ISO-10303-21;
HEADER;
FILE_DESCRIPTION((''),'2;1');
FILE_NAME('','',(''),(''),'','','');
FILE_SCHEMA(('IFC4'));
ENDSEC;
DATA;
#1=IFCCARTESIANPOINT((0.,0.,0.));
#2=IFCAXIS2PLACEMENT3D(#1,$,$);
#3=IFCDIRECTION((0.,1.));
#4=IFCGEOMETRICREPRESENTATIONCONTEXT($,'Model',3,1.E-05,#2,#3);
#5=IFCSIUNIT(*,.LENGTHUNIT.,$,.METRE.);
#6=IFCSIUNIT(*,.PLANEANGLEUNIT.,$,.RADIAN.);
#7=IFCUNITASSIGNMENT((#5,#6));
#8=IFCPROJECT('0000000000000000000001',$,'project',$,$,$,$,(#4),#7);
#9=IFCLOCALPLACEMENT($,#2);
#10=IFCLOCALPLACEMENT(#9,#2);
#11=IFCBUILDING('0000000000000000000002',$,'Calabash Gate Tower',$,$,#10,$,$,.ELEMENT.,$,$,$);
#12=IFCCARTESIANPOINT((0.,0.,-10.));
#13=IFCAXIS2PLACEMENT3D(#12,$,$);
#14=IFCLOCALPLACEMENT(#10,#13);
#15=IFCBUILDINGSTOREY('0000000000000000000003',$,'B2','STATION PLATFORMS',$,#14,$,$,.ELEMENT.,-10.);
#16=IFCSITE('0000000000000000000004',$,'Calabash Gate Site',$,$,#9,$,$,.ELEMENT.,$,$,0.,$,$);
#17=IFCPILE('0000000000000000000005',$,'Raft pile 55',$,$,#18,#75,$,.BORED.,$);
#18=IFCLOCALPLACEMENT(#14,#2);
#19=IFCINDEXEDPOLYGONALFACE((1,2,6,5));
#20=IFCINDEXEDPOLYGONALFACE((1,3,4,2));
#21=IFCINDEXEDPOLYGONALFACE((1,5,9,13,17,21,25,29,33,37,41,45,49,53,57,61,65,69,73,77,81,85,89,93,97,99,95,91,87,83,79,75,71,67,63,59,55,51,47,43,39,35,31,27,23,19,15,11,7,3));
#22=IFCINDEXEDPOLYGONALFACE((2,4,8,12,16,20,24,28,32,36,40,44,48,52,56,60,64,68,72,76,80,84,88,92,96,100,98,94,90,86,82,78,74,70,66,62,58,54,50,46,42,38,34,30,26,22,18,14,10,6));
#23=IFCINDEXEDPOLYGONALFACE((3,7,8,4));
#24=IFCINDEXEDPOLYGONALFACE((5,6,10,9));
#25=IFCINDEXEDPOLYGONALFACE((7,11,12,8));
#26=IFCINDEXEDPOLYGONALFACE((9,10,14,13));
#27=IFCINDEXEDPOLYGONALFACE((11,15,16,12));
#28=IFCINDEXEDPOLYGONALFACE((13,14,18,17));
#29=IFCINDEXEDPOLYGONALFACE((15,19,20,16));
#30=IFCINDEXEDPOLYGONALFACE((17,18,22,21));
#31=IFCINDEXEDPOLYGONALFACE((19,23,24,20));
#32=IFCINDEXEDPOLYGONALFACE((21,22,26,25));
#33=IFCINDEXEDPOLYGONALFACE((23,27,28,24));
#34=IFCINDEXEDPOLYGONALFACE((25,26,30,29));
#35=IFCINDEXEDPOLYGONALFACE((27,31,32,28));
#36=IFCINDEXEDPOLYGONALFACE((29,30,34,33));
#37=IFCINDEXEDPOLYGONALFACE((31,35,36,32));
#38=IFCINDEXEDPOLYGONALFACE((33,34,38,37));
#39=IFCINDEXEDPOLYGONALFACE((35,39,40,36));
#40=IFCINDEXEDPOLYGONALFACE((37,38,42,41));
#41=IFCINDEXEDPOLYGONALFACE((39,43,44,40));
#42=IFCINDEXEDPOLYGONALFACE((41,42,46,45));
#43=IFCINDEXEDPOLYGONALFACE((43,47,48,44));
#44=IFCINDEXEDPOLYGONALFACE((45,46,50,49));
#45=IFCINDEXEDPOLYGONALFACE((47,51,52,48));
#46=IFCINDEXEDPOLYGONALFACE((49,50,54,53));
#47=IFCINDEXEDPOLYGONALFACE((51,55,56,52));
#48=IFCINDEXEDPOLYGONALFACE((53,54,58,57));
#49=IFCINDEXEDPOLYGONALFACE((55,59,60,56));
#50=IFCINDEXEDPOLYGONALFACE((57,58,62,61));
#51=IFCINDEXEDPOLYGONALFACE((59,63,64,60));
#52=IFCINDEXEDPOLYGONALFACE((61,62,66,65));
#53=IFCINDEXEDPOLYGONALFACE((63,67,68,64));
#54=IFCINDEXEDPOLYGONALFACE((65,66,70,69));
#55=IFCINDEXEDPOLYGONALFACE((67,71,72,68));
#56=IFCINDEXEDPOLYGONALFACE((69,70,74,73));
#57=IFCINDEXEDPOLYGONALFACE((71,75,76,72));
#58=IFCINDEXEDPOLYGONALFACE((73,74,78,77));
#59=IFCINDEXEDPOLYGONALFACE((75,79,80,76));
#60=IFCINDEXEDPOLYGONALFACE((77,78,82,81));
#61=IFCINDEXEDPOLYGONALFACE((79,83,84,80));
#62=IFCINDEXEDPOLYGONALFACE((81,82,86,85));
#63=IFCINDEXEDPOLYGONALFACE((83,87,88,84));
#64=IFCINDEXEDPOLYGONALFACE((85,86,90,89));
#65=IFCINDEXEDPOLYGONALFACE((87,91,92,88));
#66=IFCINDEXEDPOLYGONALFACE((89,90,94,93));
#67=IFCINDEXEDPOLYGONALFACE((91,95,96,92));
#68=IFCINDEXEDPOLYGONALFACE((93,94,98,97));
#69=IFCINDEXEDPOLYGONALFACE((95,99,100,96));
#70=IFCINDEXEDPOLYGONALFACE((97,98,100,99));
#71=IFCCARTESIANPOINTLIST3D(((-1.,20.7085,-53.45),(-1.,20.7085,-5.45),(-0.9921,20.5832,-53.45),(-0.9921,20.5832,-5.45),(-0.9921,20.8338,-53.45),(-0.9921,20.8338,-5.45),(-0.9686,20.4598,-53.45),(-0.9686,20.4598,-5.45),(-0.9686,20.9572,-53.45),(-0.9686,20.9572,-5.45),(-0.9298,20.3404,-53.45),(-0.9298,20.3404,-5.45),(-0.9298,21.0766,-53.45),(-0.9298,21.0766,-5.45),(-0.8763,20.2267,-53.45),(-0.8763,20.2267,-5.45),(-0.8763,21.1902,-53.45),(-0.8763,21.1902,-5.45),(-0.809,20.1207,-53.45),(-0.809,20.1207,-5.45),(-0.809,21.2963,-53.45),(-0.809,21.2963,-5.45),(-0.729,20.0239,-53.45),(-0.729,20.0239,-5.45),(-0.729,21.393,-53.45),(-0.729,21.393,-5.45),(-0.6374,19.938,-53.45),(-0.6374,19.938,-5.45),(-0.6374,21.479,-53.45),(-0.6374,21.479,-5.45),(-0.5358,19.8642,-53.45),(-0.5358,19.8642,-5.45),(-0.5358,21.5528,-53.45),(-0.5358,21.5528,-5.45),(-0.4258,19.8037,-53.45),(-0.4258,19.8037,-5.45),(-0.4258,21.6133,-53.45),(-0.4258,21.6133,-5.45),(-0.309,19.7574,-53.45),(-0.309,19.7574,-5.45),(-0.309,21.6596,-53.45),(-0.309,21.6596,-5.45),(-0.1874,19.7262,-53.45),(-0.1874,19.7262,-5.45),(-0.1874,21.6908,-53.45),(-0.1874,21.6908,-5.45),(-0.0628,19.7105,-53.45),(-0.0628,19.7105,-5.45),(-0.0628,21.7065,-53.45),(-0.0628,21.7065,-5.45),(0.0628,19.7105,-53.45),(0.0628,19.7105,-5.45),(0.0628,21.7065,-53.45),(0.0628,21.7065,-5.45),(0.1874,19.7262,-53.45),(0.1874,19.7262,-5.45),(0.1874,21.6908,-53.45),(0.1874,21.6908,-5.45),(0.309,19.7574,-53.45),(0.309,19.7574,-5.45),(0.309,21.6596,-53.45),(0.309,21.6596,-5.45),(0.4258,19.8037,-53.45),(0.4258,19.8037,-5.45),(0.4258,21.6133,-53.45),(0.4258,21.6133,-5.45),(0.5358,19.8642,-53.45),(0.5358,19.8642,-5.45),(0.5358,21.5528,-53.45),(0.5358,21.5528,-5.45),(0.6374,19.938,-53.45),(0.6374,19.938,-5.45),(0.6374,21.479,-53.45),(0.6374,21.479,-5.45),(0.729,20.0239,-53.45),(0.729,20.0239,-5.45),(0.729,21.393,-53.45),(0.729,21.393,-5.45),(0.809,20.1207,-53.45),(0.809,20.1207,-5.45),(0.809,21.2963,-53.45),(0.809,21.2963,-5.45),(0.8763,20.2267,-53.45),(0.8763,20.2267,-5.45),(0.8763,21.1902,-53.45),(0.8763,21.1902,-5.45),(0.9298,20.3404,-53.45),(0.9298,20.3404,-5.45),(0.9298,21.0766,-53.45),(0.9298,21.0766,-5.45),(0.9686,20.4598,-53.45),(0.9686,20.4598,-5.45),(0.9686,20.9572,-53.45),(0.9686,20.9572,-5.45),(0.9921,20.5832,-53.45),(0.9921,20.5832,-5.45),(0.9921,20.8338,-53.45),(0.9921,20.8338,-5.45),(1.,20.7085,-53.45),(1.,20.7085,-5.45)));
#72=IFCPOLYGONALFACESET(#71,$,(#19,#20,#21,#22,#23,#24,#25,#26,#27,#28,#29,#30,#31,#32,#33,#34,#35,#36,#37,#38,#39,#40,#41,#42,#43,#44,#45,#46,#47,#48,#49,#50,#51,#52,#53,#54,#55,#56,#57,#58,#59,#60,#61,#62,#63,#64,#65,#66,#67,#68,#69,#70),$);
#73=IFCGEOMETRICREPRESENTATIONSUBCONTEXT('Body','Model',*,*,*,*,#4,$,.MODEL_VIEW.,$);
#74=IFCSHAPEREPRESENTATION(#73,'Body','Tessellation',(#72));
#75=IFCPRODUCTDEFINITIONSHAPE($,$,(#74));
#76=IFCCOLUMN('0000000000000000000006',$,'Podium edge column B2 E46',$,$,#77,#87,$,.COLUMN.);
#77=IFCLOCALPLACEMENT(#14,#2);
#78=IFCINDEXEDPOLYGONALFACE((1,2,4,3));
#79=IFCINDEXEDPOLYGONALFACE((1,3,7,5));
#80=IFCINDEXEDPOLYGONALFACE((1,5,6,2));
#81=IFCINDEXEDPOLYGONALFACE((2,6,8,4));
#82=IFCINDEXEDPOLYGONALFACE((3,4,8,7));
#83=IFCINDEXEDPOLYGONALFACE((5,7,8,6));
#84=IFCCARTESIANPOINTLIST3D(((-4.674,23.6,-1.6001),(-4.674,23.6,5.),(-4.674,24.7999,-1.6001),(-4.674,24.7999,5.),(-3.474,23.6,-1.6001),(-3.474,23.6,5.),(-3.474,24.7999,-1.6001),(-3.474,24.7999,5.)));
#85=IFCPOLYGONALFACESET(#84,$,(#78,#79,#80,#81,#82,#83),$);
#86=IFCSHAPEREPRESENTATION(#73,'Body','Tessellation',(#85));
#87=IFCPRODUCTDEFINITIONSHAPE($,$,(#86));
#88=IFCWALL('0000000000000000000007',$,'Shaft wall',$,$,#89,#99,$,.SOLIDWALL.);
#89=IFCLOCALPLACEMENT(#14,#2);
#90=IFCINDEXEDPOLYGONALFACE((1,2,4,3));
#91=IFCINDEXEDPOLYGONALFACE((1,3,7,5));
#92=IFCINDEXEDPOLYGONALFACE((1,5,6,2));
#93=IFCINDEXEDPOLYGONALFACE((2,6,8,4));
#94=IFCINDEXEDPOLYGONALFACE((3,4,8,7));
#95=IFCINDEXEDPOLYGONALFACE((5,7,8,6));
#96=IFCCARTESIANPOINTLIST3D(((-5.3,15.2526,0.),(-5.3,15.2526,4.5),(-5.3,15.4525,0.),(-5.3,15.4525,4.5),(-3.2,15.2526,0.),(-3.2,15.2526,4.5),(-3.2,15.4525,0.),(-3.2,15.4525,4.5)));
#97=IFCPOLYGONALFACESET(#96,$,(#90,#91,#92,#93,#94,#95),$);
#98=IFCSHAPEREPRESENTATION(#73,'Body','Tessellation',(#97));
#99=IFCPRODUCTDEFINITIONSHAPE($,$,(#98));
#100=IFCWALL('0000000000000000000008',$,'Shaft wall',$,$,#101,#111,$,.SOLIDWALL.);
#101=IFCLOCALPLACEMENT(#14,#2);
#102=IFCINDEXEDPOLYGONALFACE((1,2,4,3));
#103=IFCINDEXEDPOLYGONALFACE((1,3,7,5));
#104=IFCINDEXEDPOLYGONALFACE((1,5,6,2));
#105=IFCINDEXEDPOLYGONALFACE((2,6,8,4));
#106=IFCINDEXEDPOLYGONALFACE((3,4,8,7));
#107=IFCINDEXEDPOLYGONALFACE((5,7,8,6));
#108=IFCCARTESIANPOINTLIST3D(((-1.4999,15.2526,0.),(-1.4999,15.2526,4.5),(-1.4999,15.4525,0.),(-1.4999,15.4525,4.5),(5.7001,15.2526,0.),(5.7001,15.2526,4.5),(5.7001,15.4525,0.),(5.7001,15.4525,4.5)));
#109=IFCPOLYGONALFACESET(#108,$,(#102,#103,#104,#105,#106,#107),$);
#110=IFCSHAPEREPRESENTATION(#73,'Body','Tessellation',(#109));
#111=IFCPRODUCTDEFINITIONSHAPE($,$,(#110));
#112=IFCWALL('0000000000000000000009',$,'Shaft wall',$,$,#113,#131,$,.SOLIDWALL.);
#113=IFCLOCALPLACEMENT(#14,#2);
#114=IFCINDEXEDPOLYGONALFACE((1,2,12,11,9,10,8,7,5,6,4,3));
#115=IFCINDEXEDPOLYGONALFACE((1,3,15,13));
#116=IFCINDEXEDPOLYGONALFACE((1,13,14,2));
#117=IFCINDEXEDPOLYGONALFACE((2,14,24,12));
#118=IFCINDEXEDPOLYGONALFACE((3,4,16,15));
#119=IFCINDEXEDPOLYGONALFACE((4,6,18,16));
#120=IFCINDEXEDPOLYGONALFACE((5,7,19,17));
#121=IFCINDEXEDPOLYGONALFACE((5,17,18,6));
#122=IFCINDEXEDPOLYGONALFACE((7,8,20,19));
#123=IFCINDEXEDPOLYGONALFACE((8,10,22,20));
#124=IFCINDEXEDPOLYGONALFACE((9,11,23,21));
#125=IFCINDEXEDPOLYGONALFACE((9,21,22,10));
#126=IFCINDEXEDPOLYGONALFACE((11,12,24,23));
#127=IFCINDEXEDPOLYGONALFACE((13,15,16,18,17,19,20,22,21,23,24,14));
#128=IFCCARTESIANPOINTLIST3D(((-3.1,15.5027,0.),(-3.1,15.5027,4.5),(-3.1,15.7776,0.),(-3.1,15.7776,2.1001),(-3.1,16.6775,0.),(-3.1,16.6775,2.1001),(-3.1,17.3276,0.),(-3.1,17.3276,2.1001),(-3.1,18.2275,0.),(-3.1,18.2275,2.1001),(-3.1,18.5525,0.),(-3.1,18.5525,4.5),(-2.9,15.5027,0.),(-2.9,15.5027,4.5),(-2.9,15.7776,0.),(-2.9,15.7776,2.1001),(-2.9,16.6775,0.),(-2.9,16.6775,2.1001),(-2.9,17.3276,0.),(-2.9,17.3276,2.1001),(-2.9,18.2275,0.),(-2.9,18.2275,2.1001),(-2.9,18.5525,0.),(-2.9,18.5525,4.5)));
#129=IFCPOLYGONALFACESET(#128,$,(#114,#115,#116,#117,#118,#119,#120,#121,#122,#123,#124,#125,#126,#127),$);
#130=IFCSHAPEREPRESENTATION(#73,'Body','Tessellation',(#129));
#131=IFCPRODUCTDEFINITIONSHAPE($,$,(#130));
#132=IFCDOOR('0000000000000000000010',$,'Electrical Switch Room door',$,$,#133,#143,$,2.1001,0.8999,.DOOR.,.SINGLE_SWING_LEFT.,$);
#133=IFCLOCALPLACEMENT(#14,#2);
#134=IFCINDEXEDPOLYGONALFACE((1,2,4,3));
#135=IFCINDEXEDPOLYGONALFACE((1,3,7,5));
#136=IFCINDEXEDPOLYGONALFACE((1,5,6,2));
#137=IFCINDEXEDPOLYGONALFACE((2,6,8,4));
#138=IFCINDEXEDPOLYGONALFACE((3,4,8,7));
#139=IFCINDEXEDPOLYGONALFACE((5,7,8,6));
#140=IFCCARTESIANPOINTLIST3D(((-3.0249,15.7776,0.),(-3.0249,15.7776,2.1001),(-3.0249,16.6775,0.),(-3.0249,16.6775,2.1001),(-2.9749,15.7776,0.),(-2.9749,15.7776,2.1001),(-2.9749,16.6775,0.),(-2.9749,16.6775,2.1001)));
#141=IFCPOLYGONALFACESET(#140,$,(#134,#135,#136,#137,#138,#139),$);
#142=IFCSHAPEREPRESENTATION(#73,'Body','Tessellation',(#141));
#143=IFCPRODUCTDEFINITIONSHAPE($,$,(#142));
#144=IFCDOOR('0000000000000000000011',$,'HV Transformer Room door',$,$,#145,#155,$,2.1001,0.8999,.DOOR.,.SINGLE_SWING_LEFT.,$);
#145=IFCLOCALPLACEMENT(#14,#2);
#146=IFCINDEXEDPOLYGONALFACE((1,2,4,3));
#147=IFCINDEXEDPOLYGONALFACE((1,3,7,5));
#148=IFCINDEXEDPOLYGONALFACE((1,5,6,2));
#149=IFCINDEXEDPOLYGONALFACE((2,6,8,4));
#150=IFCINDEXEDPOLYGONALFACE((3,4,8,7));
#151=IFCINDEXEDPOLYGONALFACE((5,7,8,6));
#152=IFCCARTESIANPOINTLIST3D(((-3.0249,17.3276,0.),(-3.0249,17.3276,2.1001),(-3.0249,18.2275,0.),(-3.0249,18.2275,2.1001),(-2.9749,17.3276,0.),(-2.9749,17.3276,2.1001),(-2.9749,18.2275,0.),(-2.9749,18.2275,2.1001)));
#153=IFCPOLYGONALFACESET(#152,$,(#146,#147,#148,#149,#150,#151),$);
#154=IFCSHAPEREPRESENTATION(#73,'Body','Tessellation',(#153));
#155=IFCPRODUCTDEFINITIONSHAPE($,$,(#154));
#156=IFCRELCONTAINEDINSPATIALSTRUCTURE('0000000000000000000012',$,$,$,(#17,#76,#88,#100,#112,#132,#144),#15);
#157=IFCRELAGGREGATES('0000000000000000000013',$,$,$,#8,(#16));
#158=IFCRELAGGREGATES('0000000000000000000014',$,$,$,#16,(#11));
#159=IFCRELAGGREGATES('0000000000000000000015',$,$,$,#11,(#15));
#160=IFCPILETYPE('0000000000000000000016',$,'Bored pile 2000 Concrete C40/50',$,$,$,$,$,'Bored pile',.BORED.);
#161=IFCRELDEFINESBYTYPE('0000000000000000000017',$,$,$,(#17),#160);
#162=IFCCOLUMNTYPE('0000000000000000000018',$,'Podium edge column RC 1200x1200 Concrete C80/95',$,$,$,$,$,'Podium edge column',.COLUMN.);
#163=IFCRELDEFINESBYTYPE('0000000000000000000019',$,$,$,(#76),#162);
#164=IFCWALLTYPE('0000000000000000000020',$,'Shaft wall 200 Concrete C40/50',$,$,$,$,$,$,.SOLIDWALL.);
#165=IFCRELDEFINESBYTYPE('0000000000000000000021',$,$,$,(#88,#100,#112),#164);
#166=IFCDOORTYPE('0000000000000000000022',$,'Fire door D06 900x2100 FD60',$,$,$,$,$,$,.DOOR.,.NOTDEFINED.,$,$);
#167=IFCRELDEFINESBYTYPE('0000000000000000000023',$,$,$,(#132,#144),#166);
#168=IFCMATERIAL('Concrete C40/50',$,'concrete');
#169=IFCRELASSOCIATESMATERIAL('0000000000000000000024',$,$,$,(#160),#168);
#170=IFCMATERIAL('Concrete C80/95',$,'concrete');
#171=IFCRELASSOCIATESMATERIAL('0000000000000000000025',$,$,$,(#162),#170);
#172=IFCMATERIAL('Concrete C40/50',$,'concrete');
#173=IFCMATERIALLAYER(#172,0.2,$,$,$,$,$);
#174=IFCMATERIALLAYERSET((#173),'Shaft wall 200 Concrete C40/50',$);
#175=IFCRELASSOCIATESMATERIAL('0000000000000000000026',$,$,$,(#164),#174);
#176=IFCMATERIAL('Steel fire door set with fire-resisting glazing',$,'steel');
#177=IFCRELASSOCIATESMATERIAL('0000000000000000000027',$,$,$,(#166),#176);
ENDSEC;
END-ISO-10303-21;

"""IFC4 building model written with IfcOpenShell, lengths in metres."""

from ifc_helpers import new_model, si_unit, direction, frame, frame_2d, origin, origin_2d, place, context, subcontext, project, spatial, rectangle, circle, extrude, material, layer, layer_set, material_profile, profile_set, type_object, element, fill, save


model = new_model("IFC4")

# Units and contexts
model_context = context("Model", 3, precision=1e-05, world=origin(), true_north=direction((0.0, 1.0)))
body_context = subcontext(model_context, "Body", "Model", "MODEL_VIEW")
ifc_project = project(units=[si_unit("LENGTHUNIT", "METRE"), si_unit("PLANEANGLEUNIT", "RADIAN")], contexts=[model_context])

# Site, building, storey
site_placement = place(None, origin())
site = spatial("IfcSite", under=ifc_project, at=site_placement, Name="Calabash Gate Site", CompositionType="ELEMENT", RefElevation=0.0)
building_placement = place(site_placement, origin())
building = spatial("IfcBuilding", under=site, at=building_placement, Name="Calabash Gate Tower", CompositionType="ELEMENT")
storey_placement = place(building_placement, frame((0.0, 0.0, -10.0)))
storey = spatial("IfcBuildingStorey", under=building, at=storey_placement, Name="B2", Description="STATION PLATFORMS", CompositionType="ELEMENT", Elevation=-10.0)

# Pile
ifc_material_1 = material(Name="Concrete C40/50", Category="concrete")
ifc_material_profile_1 = material_profile(ifc_material_1, circle(Radius=1.0, at=origin_2d()))
ifc_profile_set_1 = profile_set([ifc_material_profile_1], Name="Concrete C40/50")
pile_type = type_object("IfcPileType", Name="Bored pile 2000 Concrete C40/50", ElementType="Bored pile", PredefinedType="BORED", material=ifc_profile_set_1)
for number, where, z_axis, x_axis, name in (
    (1, (0.0, 20.7085, -5.45), (0.0, 0.0, -1.0), (1.0, 0.0, 0.0), "Raft pile 55"),
):
    element("IfcPile", number, at=place(storey_placement, frame(where, z_axis=z_axis, x_axis=x_axis)), inside=storey, type_object=pile_type, Name=name, PredefinedType="BORED", context=body_context, shape_type="SweptSolid", body=[
        extrude(circle(Radius=1.0, at=origin_2d()), origin(), (0.0, 0.0, 1.0), 48.0),
    ])

# Column
ifc_material_2 = material(Name="Concrete C80/95", Category="concrete")
ifc_material_profile_2 = material_profile(ifc_material_2, rectangle(XDim=1.2, YDim=1.2, at=origin_2d()))
ifc_profile_set_2 = profile_set([ifc_material_profile_2], Name="Concrete C80/95")
column_type = type_object("IfcColumnType", Name="Podium edge column RC 1200x1200 Concrete C80/95", ElementType="Podium edge column", PredefinedType="COLUMN", material=ifc_profile_set_2)
column_placement = place(storey_placement, frame((-4.074, 24.2, -1.6001), z_axis=(0.0, 0.0, 1.0), x_axis=(1.0, 0.0, 0.0)))
element("IfcColumn", 2, at=column_placement, inside=storey, type_object=column_type, Name="Podium edge column B2 E46", PredefinedType="COLUMN", context=body_context, shape_type="SweptSolid", body=[
    extrude(rectangle(XDim=1.2, YDim=1.2, at=origin_2d()), origin(), (0.0, 0.0, 1.0), 6.6001),
])

# Walls
ifc_material_3 = material(Name="Concrete C40/50", Category="concrete")
ifc_layer = layer(ifc_material_3, 0.2)
ifc_layer_set = layer_set([ifc_layer], Name="Shaft wall 200 Concrete C40/50")
wall_type = type_object("IfcWallType", Name="Shaft wall 200 Concrete C40/50", PredefinedType="SOLIDWALL", material=ifc_layer_set)
wall_1_placement = place(storey_placement, frame((-5.3, 15.3525, 0.0), z_axis=(0.0, 0.0, 1.0), x_axis=(1.0, 0.0, 0.0)))
element("IfcWall", 3, at=wall_1_placement, inside=storey, type_object=wall_type, Name="Shaft wall", PredefinedType="SOLIDWALL", context=body_context, shape_type="SweptSolid", body=[
    extrude(rectangle(XDim=2.1001, YDim=0.2, at=frame_2d((1.05, 0.0))), origin(), (0.0, 0.0, 1.0), 4.5),
])
wall_2_placement = place(storey_placement, frame((-1.5, 15.3525, 0.0), z_axis=(0.0, 0.0, 1.0), x_axis=(1.0, 0.0, 0.0)))
element("IfcWall", 4, at=wall_2_placement, inside=storey, type_object=wall_type, Name="Shaft wall", PredefinedType="SOLIDWALL", context=body_context, shape_type="SweptSolid", body=[
    extrude(rectangle(XDim=7.2, YDim=0.2, at=frame_2d((3.6001, 0.0))), origin(), (0.0, 0.0, 1.0), 4.5),
])

# Wall, openings, doors
wall_3_placement = place(storey_placement, frame((-3.0, 15.5027, 0.0), z_axis=(0.0, 0.0, 1.0), x_axis=(0.0, 1.0, 0.0)))
wall_3 = element("IfcWall", 5, at=wall_3_placement, inside=storey, type_object=wall_type, Name="Shaft wall", PredefinedType="SOLIDWALL", context=body_context, shape_type="SweptSolid", body=[
    extrude(rectangle(XDim=3.0498, YDim=0.2, at=frame_2d((1.5249, 0.0))), origin(), (0.0, 0.0, 1.0), 4.5),
])
opening_1_placement = place(wall_3_placement, frame((0.2749, 0.0, 0.0)))
opening_1 = element("IfcOpeningElement", 6, at=opening_1_placement, cuts=wall_3, PredefinedType="OPENING", context=body_context, shape_type="SweptSolid", body=[
    extrude(rectangle(XDim=0.8999, YDim=2.1001, at=frame_2d((0.45, 1.05))), frame((0.0, 0.1099, 0.0), z_axis=(0.0, -1.0, 0.0), x_axis=(1.0, 0.0, 0.0)), (0.0, 0.0, 1.0), 0.22),
])
opening_2_placement = place(wall_3_placement, frame((1.825, 0.0, 0.0)))
opening_2 = element("IfcOpeningElement", 7, at=opening_2_placement, cuts=wall_3, PredefinedType="OPENING", context=body_context, shape_type="SweptSolid", body=[
    extrude(rectangle(XDim=0.8999, YDim=2.1001, at=frame_2d((0.45, 1.05))), frame((0.0, 0.1099, 0.0), z_axis=(0.0, -1.0, 0.0), x_axis=(1.0, 0.0, 0.0)), (0.0, 0.0, 1.0), 0.22),
])
ifc_material_4 = material(Name="Steel fire door set with fire-resisting glazing", Category="steel")
door_type = type_object("IfcDoorType", Name="Fire door D06 900x2100 FD60", OperationType="NOTDEFINED", PredefinedType="DOOR", material=ifc_material_4)
door_1_placement = place(opening_1_placement, origin())
door_1 = element("IfcDoor", 8, at=door_1_placement, inside=storey, type_object=door_type, Name="Electrical Switch Room door", OperationType="SINGLE_SWING_LEFT", OverallHeight=2.1001, OverallWidth=0.8999, PredefinedType="DOOR", context=body_context, shape_type="SweptSolid", body=[
    extrude(rectangle(XDim=0.8999, YDim=2.1001, at=frame_2d((0.45, 1.05))), frame((0.0, 0.0249, 0.0), z_axis=(0.0, -1.0, 0.0), x_axis=(1.0, 0.0, 0.0)), (0.0, 0.0, 1.0), 0.05),
])
fill(opening_1, door_1)
door_2_placement = place(opening_2_placement, origin())
door_2 = element("IfcDoor", 9, at=door_2_placement, inside=storey, type_object=door_type, Name="HV Transformer Room door", OperationType="SINGLE_SWING_LEFT", OverallHeight=2.1001, OverallWidth=0.8999, PredefinedType="DOOR", context=body_context, shape_type="SweptSolid", body=[
    extrude(rectangle(XDim=0.8999, YDim=2.1001, at=frame_2d((0.45, 1.05))), frame((0.0, 0.0249, 0.0), z_axis=(0.0, -1.0, 0.0), x_axis=(1.0, 0.0, 0.0)), (0.0, 0.0, 1.0), 0.05),
])
fill(opening_2, door_2)

save(model, "model.ifc")
